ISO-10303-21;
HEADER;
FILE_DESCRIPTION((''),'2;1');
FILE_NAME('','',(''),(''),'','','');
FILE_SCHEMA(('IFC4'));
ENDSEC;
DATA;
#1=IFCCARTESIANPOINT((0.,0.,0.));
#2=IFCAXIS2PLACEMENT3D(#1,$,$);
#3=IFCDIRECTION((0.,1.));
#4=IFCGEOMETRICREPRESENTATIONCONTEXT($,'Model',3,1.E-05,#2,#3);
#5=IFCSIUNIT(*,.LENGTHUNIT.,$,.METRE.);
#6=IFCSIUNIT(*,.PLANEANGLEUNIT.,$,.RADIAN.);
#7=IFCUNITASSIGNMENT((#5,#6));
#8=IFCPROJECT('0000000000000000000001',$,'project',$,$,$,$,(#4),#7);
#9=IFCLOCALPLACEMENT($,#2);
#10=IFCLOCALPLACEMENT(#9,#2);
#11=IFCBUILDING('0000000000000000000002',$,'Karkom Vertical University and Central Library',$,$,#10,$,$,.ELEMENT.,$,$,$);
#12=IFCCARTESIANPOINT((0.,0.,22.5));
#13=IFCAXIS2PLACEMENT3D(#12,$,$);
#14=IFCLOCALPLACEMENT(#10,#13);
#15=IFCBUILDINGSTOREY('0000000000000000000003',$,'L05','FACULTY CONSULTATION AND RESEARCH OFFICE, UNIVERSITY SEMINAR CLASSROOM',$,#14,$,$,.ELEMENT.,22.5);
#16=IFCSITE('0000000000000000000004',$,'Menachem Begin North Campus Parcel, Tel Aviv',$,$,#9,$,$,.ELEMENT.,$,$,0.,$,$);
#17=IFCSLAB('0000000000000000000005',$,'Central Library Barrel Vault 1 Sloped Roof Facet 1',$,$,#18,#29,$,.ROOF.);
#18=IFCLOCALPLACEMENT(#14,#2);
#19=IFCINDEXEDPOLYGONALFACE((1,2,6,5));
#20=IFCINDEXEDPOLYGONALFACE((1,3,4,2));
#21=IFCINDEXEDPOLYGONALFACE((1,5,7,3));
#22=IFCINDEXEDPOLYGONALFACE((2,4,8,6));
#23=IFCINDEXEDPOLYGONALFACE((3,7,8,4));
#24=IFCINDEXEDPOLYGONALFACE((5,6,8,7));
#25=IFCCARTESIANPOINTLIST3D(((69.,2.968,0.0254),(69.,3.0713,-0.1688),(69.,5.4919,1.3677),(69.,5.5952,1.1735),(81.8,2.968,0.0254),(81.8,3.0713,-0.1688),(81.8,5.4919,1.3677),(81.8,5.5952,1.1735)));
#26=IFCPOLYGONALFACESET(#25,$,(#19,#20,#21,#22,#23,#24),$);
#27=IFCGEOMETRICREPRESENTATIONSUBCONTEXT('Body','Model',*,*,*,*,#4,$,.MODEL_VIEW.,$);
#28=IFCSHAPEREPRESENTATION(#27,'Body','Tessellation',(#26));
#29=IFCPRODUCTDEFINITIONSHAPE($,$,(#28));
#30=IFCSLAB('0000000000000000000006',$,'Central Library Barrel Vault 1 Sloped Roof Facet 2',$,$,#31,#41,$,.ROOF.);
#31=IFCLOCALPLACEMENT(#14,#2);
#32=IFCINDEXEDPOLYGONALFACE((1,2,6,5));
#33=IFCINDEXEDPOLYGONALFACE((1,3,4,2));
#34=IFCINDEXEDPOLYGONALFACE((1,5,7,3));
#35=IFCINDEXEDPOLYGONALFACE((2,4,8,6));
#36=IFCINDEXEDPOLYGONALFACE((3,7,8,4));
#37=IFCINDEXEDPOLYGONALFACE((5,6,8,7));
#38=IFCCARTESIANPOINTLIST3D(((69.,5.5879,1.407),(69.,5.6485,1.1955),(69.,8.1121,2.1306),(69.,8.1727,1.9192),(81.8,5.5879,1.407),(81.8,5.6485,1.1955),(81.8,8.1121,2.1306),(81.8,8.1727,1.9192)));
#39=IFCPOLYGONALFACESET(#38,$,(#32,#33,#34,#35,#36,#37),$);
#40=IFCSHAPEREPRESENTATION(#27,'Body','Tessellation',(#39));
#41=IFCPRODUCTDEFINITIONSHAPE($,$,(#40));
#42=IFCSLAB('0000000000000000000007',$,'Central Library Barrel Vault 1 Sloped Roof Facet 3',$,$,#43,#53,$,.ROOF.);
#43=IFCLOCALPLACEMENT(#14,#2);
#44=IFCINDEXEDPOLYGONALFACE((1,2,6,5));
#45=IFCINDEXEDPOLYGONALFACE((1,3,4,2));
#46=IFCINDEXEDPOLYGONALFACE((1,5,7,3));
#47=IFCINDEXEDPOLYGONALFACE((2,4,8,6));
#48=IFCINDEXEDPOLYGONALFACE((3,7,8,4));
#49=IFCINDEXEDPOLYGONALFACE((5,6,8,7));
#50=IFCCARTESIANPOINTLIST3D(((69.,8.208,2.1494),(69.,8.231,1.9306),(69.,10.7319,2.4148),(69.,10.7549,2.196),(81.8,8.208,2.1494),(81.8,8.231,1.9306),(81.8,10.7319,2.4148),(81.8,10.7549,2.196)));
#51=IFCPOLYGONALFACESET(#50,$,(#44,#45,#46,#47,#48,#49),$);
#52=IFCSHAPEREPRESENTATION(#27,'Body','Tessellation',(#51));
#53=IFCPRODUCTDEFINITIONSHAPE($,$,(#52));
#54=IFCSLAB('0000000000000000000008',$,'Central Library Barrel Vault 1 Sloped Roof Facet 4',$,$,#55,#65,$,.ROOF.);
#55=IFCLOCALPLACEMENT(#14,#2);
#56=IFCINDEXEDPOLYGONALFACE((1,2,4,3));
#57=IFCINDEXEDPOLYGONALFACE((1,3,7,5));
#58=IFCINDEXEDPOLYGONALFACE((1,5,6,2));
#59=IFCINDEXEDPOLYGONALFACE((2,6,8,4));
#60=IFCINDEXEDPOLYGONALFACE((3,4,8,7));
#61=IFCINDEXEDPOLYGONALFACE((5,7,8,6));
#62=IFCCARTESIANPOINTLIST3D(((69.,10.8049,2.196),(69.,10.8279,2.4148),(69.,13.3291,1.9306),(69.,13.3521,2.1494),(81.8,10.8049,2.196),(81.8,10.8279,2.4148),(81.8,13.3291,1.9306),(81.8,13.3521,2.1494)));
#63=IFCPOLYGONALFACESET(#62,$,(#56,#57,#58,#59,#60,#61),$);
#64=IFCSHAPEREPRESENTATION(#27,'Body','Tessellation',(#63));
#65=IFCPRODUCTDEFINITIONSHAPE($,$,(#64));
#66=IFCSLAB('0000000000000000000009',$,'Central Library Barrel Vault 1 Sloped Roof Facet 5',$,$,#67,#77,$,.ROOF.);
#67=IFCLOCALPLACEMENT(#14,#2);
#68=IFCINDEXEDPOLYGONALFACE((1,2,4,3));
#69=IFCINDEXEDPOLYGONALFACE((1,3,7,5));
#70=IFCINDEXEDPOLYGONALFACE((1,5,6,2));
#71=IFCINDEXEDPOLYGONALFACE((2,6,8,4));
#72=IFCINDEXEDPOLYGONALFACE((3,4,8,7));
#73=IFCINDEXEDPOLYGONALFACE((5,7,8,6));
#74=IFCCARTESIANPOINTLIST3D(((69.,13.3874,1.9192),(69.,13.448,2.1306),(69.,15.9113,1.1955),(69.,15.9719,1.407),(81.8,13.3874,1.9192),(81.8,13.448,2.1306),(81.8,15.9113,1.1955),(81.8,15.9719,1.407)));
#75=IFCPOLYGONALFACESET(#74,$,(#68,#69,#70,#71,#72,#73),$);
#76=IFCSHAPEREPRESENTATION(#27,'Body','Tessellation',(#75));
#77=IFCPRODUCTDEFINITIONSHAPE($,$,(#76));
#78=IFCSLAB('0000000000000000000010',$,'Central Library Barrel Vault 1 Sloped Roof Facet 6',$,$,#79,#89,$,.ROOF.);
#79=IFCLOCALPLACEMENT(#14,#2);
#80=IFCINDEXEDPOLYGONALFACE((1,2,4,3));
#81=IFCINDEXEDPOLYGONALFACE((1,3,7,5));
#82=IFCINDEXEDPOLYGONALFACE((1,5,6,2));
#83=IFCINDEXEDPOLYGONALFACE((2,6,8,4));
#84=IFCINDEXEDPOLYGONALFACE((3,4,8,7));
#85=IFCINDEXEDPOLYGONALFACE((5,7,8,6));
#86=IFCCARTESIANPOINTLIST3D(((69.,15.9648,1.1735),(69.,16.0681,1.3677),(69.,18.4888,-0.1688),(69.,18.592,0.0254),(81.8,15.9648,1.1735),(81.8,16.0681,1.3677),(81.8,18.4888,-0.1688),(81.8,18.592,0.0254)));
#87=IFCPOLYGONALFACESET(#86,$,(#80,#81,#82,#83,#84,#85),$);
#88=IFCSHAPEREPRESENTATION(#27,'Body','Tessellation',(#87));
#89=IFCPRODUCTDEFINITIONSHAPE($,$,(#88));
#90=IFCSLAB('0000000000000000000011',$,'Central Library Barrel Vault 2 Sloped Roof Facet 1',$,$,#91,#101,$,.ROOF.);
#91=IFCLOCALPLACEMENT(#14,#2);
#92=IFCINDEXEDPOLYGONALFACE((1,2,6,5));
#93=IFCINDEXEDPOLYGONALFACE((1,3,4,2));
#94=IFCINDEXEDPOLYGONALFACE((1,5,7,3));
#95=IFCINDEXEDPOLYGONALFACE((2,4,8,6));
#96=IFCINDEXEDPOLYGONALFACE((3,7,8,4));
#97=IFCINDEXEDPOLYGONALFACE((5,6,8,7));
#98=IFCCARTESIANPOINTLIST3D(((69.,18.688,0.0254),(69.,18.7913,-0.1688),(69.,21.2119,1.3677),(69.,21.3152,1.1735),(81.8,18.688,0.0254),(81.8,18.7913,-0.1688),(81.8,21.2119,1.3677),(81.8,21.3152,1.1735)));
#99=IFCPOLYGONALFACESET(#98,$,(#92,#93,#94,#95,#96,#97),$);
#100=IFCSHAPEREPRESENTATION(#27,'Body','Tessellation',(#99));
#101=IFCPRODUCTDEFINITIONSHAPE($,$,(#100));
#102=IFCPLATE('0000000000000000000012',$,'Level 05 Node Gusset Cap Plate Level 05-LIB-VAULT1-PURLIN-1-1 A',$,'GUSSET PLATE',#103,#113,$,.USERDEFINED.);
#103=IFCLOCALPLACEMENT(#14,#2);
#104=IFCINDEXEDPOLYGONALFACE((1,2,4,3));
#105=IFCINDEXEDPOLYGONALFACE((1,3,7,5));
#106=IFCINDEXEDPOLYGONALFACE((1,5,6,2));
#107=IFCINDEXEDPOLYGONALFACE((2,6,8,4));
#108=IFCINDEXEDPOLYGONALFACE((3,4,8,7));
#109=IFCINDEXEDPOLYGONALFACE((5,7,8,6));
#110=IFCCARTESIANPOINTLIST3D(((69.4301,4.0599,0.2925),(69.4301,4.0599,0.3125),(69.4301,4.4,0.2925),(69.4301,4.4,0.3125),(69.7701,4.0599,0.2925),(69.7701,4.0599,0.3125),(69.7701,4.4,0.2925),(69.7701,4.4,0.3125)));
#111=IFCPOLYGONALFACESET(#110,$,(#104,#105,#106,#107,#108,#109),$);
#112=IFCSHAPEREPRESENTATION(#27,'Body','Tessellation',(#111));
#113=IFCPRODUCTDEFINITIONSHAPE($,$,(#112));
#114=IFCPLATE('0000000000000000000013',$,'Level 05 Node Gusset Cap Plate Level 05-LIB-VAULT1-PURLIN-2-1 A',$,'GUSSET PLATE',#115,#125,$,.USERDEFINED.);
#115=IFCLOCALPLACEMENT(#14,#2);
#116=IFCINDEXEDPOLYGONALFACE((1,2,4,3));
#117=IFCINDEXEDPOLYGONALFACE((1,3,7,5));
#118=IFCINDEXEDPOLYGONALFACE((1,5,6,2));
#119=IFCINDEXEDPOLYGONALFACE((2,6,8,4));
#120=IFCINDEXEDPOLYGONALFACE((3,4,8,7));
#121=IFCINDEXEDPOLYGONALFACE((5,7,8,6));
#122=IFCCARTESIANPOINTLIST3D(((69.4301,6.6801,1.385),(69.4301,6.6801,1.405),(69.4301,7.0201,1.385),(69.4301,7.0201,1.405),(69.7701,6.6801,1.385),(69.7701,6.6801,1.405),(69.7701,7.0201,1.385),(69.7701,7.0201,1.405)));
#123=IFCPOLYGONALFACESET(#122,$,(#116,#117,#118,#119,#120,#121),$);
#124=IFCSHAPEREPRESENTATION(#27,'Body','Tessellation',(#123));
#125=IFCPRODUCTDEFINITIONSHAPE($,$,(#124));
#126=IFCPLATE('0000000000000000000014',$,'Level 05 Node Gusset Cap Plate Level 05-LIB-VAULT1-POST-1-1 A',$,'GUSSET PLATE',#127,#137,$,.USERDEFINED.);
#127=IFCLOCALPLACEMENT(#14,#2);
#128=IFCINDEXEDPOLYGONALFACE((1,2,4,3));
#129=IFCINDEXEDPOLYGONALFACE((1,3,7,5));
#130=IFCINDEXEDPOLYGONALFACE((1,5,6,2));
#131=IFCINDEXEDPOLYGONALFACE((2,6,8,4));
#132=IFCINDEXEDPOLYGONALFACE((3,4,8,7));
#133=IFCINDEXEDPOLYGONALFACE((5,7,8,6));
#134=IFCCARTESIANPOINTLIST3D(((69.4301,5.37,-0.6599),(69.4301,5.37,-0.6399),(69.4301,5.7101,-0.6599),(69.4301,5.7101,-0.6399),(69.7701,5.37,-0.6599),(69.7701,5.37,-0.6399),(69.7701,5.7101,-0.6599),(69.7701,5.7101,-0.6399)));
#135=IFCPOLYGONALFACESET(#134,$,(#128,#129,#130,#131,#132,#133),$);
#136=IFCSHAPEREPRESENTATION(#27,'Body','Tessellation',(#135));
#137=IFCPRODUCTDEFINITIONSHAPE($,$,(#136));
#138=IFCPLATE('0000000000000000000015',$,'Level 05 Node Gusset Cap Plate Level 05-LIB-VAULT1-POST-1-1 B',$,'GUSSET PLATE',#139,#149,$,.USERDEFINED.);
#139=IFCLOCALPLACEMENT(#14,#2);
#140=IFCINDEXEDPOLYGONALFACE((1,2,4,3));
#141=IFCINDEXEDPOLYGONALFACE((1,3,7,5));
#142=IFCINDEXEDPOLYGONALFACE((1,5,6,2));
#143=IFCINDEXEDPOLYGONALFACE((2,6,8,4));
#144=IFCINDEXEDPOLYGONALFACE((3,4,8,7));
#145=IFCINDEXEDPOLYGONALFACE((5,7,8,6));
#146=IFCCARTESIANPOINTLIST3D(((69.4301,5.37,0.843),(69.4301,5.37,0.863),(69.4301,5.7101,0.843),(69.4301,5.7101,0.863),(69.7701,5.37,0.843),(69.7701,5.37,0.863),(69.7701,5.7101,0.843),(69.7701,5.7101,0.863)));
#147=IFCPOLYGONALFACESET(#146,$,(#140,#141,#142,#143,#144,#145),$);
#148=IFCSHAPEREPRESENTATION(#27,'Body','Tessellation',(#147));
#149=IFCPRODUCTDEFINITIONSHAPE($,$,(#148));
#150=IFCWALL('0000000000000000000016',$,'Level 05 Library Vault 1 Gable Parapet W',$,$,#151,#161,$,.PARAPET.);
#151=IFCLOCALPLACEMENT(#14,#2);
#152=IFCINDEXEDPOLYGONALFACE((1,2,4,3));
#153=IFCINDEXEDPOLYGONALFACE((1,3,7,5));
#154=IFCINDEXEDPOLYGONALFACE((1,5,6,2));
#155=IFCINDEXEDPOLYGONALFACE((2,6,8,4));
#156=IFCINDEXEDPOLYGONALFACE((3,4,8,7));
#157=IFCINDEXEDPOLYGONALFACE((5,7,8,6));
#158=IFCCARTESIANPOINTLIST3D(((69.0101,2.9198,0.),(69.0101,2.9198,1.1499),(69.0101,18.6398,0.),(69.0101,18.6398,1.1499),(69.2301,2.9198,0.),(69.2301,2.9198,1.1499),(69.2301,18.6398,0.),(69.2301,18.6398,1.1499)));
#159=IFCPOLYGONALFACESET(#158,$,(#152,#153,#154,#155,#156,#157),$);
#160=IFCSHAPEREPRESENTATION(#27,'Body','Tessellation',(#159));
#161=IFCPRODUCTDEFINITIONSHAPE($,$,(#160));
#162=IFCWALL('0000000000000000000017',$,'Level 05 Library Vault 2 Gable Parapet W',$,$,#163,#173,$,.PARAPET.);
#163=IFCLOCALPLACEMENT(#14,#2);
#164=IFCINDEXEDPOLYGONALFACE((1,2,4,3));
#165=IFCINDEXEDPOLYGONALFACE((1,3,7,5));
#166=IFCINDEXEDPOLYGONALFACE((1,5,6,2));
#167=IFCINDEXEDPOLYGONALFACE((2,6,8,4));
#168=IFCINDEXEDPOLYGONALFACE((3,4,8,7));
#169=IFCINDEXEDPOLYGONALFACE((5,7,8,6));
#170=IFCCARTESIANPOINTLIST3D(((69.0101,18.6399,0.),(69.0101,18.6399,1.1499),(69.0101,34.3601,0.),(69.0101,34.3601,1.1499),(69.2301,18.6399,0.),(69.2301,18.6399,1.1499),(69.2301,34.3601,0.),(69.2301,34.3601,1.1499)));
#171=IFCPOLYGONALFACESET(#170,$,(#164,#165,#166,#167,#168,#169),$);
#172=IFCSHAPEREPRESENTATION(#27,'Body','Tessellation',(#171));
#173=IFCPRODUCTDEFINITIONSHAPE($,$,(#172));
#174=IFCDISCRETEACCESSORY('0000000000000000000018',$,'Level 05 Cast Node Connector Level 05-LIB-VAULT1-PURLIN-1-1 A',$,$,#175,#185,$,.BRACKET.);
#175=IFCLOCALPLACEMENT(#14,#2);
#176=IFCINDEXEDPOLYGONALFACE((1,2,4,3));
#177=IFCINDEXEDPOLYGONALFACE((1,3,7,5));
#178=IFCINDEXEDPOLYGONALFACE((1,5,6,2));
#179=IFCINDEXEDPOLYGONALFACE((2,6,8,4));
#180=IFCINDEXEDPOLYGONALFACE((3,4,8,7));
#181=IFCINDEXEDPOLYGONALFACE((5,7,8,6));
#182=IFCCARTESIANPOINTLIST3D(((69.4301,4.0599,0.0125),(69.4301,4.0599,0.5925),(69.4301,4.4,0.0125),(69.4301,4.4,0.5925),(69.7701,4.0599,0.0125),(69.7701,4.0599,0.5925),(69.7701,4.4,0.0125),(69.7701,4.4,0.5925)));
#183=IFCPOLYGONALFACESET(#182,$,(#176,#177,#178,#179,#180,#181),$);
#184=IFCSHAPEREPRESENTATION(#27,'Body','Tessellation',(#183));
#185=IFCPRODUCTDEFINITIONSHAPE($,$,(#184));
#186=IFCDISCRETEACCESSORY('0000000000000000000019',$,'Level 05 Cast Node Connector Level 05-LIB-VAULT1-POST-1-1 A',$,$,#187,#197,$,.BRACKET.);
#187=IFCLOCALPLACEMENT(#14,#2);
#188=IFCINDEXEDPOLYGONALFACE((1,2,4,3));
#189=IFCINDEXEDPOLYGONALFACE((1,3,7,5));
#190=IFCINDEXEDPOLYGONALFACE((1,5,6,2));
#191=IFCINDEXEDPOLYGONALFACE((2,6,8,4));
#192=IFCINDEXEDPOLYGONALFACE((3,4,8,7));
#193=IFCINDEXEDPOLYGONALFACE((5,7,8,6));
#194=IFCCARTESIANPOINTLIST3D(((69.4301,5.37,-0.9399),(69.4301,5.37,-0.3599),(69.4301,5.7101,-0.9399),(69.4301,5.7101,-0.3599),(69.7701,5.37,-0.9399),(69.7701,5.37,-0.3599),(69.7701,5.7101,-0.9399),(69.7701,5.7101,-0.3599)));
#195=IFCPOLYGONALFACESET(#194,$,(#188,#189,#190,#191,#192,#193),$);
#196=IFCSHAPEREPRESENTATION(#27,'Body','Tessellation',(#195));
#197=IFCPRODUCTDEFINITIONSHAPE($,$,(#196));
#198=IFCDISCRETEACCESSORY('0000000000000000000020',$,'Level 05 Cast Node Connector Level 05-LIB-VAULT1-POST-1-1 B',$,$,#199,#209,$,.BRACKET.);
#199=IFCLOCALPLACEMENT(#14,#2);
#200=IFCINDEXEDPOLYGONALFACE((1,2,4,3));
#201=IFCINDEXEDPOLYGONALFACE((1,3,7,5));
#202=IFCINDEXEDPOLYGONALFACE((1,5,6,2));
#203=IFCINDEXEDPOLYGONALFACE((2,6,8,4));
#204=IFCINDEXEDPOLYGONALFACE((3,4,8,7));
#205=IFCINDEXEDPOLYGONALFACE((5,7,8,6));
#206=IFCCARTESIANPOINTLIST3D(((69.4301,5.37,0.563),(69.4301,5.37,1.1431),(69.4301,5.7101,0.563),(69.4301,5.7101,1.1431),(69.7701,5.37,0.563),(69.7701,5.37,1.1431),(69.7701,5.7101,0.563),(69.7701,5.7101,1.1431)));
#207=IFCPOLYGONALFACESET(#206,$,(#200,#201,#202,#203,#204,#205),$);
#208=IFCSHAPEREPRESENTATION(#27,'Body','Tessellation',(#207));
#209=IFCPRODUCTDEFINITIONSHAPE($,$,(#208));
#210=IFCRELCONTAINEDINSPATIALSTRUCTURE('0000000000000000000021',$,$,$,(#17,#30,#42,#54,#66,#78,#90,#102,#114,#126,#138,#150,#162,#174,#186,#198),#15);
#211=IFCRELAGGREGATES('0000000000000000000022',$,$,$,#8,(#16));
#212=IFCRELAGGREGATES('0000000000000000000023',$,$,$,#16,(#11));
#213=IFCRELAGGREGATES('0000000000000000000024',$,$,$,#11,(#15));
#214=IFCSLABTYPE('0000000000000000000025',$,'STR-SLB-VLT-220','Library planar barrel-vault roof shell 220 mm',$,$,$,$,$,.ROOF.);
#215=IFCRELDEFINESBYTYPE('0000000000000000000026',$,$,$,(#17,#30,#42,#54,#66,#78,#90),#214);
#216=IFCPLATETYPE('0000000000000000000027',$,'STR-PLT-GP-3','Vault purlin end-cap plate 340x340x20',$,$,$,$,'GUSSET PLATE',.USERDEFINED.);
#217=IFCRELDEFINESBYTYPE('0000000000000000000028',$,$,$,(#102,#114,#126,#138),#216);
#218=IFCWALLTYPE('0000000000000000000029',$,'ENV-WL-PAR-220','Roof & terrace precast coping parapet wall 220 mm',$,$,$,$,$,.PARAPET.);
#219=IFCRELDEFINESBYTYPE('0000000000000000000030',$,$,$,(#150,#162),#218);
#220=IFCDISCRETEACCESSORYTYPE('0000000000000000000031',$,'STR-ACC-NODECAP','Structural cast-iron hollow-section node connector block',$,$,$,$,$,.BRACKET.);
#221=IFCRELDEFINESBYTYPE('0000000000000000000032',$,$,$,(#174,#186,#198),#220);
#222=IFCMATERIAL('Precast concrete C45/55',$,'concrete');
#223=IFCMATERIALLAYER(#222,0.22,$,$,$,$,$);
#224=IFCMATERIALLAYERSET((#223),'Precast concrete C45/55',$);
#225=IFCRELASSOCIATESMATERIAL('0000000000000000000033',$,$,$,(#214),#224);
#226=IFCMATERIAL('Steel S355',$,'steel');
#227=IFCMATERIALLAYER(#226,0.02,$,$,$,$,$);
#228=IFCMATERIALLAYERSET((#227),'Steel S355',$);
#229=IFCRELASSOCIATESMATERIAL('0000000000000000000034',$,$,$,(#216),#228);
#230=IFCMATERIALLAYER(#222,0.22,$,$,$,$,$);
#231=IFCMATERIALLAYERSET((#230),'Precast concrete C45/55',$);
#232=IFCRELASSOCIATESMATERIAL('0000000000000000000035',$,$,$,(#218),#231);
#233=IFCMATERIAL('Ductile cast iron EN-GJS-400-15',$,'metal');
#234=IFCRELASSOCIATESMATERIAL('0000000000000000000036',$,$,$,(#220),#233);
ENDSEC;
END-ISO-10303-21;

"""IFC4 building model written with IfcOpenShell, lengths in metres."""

from ifc_helpers import new_model, si_unit, direction, frame, frame_2d, origin, origin_with_axes, origin_2d, place, context, subcontext, project, spatial, polyline, rectangle, outline, extrude, source, transform, mapped, material, layer, layer_set, type_object, element, save


model = new_model("IFC4")

# Units and contexts
model_context = context("Model", 3, precision=1e-05, world=origin(), true_north=direction((0.0, 1.0)))
body_context = subcontext(model_context, "Body", "Model", "MODEL_VIEW")
ifc_project = project(units=[si_unit("LENGTHUNIT", "METRE"), si_unit("PLANEANGLEUNIT", "RADIAN")], contexts=[model_context])

# Site, building, storey
site_placement = place(None, origin())
site = spatial("IfcSite", under=ifc_project, at=site_placement, Name="Menachem Begin North Campus Parcel, Tel Aviv", CompositionType="ELEMENT", RefElevation=0.0)
building_placement = place(site_placement, origin())
building = spatial("IfcBuilding", under=site, at=building_placement, Name="Karkom Vertical University and Central Library", CompositionType="ELEMENT")
storey_placement = place(building_placement, frame((0.0, 0.0, 22.5)))
storey = spatial("IfcBuildingStorey", under=building, at=storey_placement, Name="L05", Description="FACULTY CONSULTATION AND RESEARCH OFFICE, UNIVERSITY SEMINAR CLASSROOM", CompositionType="ELEMENT", Elevation=22.5)

# Shared definitions
ifc_material_1 = material(Name="Steel S355", Category="steel")

# Shared definitions
ifc_material_2 = material(Name="Precast concrete C45/55", Category="concrete")

# Slabs
ifc_layer_1 = layer(ifc_material_2, 0.22)
ifc_layer_set_1 = layer_set([ifc_layer_1], Name="Precast concrete C45/55")
slab_type = type_object("IfcSlabType", Name="STR-SLB-VLT-220", Description="Library planar barrel-vault roof shell 220 mm", PredefinedType="ROOF", material=ifc_layer_set_1)
slab_1_placement = place(storey_placement, frame((69.0, 2.968, 0.0254), z_axis=(0.0, -0.469551, 0.882906), x_axis=(1.0, 0.0, 0.0)))
element("IfcSlab", 1, at=slab_1_placement, inside=storey, type_object=slab_type, Name="Central Library Barrel Vault 1 Sloped Roof Facet 1", PredefinedType="ROOF", context=body_context, shape_type="SweptSolid", body=[
    extrude(outline(polyline([(0.0, 0.0), (12.8, 0.0), (12.8, 2.8587), (0.0, 2.8587), (0.0, 0.0)])), origin(), (0.0, 0.0, -1.0), 0.22),
])
slab_2_placement = place(storey_placement, frame((69.0, 5.5879, 1.407), z_axis=(0.0, -0.275581, 0.961278), x_axis=(1.0, 0.0, 0.0)))
element("IfcSlab", 2, at=slab_2_placement, inside=storey, type_object=slab_type, Name="Central Library Barrel Vault 1 Sloped Roof Facet 2", PredefinedType="ROOF", context=body_context, shape_type="SweptSolid", body=[
    extrude(outline(polyline([(0.0, 0.0), (12.8, 0.0), (12.8, 2.6258), (0.0, 2.6258), (0.0, 0.0)])), origin(), (0.0, 0.0, -1.0), 0.22),
])
slab_3_placement = place(storey_placement, frame((69.0, 8.208, 2.1494), z_axis=(0.0, -0.10457, 0.994518), x_axis=(1.0, 0.0, 0.0)))
element("IfcSlab", 3, at=slab_3_placement, inside=storey, type_object=slab_type, Name="Central Library Barrel Vault 1 Sloped Roof Facet 3", PredefinedType="ROOF", context=body_context, shape_type="SweptSolid", body=[
    extrude(outline(polyline([(0.0, 0.0), (12.8, 0.0), (12.8, 2.5378), (0.0, 2.5378), (0.0, 0.0)])), origin(), (0.0, 0.0, -1.0), 0.22),
])
slab_4_placement = place(storey_placement, frame((69.0, 10.8279, 2.4148), z_axis=(0.0, 0.10456, 0.994519), x_axis=(1.0, 0.0, 0.0)))
element("IfcSlab", 4, at=slab_4_placement, inside=storey, type_object=slab_type, Name="Central Library Barrel Vault 1 Sloped Roof Facet 4", PredefinedType="ROOF", context=body_context, shape_type="SweptSolid", body=[
    extrude(outline(polyline([(0.0, 0.0), (12.8, 0.0), (12.8, 2.5381), (0.0, 2.5381), (0.0, 0.0)])), origin(), (0.0, 0.0, -1.0), 0.22),
])
slab_5_placement = place(storey_placement, frame((69.0, 13.448, 2.1306), z_axis=(0.0, 0.275605, 0.961271), x_axis=(1.0, 0.0, 0.0)))
element("IfcSlab", 5, at=slab_5_placement, inside=storey, type_object=slab_type, Name="Central Library Barrel Vault 1 Sloped Roof Facet 5", PredefinedType="ROOF", context=body_context, shape_type="SweptSolid", body=[
    extrude(outline(polyline([(0.0, 0.0), (12.8, 0.0), (12.8, 2.6256), (0.0, 2.6256), (0.0, 0.0)])), origin(), (0.0, 0.0, -1.0), 0.22),
])
for number, where, z_axis, x_axis, name in (
    (6, (69.0, 16.0681, 1.3677), (0.0, 0.469551, 0.882906), (1.0, 0.0, 0.0), "Central Library Barrel Vault 1 Sloped Roof Facet 6"),
    (7, (69.0, 18.688, 0.0254), (0.0, -0.469551, 0.882906), (1.0, 0.0, 0.0), "Central Library Barrel Vault 2 Sloped Roof Facet 1"),
):
    element("IfcSlab", number, at=place(storey_placement, frame(where, z_axis=z_axis, x_axis=x_axis)), inside=storey, type_object=slab_type, Name=name, PredefinedType="ROOF", context=body_context, shape_type="SweptSolid", body=[
        extrude(outline(polyline([(0.0, 0.0), (12.8, 0.0), (12.8, 2.8587), (0.0, 2.8587), (0.0, 0.0)])), origin(), (0.0, 0.0, -1.0), 0.22),
    ])

# Plates
ifc_layer_2 = layer(ifc_material_1, 0.02)
ifc_layer_set_2 = layer_set([ifc_layer_2], Name="Steel S355")
plate_type = type_object("IfcPlateType", Name="STR-PLT-GP-3", Description="Vault purlin end-cap plate 340x340x20", ElementType="GUSSET PLATE", PredefinedType="USERDEFINED", material=ifc_layer_set_2)
shared_shape_1 = source(origin_with_axes(), body_context, "Body", "SweptSolid", [
    extrude(rectangle(XDim=0.3401, YDim=0.3401, at=origin_2d()), origin(), (0.0, 0.0, 1.0), 0.02),
])
for number, where, z_axis, x_axis, name in (
    (8, (69.6001, 4.23, 0.2925), (0.0, 0.0, 1.0), (1.0, 0.0, 0.0), "Level 05 Node Gusset Cap Plate Level 05-LIB-VAULT1-PURLIN-1-1 A"),
    (9, (69.6001, 6.8501, 1.385), (0.0, 0.0, 1.0), (1.0, 0.0, 0.0), "Level 05 Node Gusset Cap Plate Level 05-LIB-VAULT1-PURLIN-2-1 A"),
    (10, (69.6001, 5.54, -0.6599), (0.0, 0.0, 1.0), (1.0, 0.0, 0.0), "Level 05 Node Gusset Cap Plate Level 05-LIB-VAULT1-POST-1-1 A"),
    (11, (69.6001, 5.54, 0.843), (0.0, 0.0, 1.0), (1.0, 0.0, 0.0), "Level 05 Node Gusset Cap Plate Level 05-LIB-VAULT1-POST-1-1 B"),
):
    element("IfcPlate", number, at=place(storey_placement, frame(where, z_axis=z_axis, x_axis=x_axis)), inside=storey, type_object=plate_type, Name=name, ObjectType="GUSSET PLATE", PredefinedType="USERDEFINED", context=body_context, shape_type="MappedRepresentation", body=[
        mapped(shared_shape_1, transform((0.0, 0.0, 0.0), scale=1.0)),
    ])

# Walls
ifc_layer_3 = layer(ifc_material_2, 0.22)
ifc_layer_set_3 = layer_set([ifc_layer_3], Name="Precast concrete C45/55")
wall_type = type_object("IfcWallType", Name="ENV-WL-PAR-220", Description="Roof & terrace precast coping parapet wall 220 mm", PredefinedType="PARAPET", material=ifc_layer_set_3)
wall_1_placement = place(storey_placement, frame((69.1201, 2.9199, 0.0), z_axis=(0.0, 0.0, 1.0), x_axis=(0.0, 1.0, 0.0)))
element("IfcWall", 12, at=wall_1_placement, inside=storey, type_object=wall_type, Name="Level 05 Library Vault 1 Gable Parapet W", PredefinedType="PARAPET", context=body_context, shape_type="SweptSolid", body=[
    extrude(rectangle(XDim=15.72, YDim=0.22, at=frame_2d((7.8599, 0.0))), origin(), (0.0, 0.0, 1.0), 1.1499),
])
wall_2_placement = place(storey_placement, frame((69.1201, 18.6399, 0.0), z_axis=(0.0, 0.0, 1.0), x_axis=(0.0, 1.0, 0.0)))
element("IfcWall", 13, at=wall_2_placement, inside=storey, type_object=wall_type, Name="Level 05 Library Vault 2 Gable Parapet W", PredefinedType="PARAPET", context=body_context, shape_type="SweptSolid", body=[
    extrude(rectangle(XDim=15.7202, YDim=0.22, at=frame_2d((7.8601, 0.0))), origin(), (0.0, 0.0, 1.0), 1.1499),
])

# Discrete accessories
ifc_material_3 = material(Name="Ductile cast iron EN-GJS-400-15", Category="metal")
discrete_accessory_type = type_object("IfcDiscreteAccessoryType", Name="STR-ACC-NODECAP", Description="Structural cast-iron hollow-section node connector block", PredefinedType="BRACKET", material=ifc_material_3)
shared_shape_2 = source(origin_with_axes(), body_context, "Body", "SweptSolid", [
    extrude(rectangle(XDim=0.3401, YDim=0.3401, at=origin_2d()), origin(), (0.0, 0.0, 1.0), 0.5801),
])
for number, where, z_axis, x_axis, name in (
    (14, (69.6001, 4.23, 0.0125), (0.0, 0.0, 1.0), (1.0, 0.0, 0.0), "Level 05 Cast Node Connector Level 05-LIB-VAULT1-PURLIN-1-1 A"),
    (15, (69.6001, 5.54, -0.9399), (0.0, 0.0, 1.0), (1.0, 0.0, 0.0), "Level 05 Cast Node Connector Level 05-LIB-VAULT1-POST-1-1 A"),
    (16, (69.6001, 5.54, 0.563), (0.0, 0.0, 1.0), (1.0, 0.0, 0.0), "Level 05 Cast Node Connector Level 05-LIB-VAULT1-POST-1-1 B"),
):
    element("IfcDiscreteAccessory", number, at=place(storey_placement, frame(where, z_axis=z_axis, x_axis=x_axis)), inside=storey, type_object=discrete_accessory_type, Name=name, PredefinedType="BRACKET", context=body_context, shape_type="MappedRepresentation", body=[
        mapped(shared_shape_2, transform((0.0, 0.0, 0.0), scale=1.0)),
    ])

save(model, "model.ifc")
